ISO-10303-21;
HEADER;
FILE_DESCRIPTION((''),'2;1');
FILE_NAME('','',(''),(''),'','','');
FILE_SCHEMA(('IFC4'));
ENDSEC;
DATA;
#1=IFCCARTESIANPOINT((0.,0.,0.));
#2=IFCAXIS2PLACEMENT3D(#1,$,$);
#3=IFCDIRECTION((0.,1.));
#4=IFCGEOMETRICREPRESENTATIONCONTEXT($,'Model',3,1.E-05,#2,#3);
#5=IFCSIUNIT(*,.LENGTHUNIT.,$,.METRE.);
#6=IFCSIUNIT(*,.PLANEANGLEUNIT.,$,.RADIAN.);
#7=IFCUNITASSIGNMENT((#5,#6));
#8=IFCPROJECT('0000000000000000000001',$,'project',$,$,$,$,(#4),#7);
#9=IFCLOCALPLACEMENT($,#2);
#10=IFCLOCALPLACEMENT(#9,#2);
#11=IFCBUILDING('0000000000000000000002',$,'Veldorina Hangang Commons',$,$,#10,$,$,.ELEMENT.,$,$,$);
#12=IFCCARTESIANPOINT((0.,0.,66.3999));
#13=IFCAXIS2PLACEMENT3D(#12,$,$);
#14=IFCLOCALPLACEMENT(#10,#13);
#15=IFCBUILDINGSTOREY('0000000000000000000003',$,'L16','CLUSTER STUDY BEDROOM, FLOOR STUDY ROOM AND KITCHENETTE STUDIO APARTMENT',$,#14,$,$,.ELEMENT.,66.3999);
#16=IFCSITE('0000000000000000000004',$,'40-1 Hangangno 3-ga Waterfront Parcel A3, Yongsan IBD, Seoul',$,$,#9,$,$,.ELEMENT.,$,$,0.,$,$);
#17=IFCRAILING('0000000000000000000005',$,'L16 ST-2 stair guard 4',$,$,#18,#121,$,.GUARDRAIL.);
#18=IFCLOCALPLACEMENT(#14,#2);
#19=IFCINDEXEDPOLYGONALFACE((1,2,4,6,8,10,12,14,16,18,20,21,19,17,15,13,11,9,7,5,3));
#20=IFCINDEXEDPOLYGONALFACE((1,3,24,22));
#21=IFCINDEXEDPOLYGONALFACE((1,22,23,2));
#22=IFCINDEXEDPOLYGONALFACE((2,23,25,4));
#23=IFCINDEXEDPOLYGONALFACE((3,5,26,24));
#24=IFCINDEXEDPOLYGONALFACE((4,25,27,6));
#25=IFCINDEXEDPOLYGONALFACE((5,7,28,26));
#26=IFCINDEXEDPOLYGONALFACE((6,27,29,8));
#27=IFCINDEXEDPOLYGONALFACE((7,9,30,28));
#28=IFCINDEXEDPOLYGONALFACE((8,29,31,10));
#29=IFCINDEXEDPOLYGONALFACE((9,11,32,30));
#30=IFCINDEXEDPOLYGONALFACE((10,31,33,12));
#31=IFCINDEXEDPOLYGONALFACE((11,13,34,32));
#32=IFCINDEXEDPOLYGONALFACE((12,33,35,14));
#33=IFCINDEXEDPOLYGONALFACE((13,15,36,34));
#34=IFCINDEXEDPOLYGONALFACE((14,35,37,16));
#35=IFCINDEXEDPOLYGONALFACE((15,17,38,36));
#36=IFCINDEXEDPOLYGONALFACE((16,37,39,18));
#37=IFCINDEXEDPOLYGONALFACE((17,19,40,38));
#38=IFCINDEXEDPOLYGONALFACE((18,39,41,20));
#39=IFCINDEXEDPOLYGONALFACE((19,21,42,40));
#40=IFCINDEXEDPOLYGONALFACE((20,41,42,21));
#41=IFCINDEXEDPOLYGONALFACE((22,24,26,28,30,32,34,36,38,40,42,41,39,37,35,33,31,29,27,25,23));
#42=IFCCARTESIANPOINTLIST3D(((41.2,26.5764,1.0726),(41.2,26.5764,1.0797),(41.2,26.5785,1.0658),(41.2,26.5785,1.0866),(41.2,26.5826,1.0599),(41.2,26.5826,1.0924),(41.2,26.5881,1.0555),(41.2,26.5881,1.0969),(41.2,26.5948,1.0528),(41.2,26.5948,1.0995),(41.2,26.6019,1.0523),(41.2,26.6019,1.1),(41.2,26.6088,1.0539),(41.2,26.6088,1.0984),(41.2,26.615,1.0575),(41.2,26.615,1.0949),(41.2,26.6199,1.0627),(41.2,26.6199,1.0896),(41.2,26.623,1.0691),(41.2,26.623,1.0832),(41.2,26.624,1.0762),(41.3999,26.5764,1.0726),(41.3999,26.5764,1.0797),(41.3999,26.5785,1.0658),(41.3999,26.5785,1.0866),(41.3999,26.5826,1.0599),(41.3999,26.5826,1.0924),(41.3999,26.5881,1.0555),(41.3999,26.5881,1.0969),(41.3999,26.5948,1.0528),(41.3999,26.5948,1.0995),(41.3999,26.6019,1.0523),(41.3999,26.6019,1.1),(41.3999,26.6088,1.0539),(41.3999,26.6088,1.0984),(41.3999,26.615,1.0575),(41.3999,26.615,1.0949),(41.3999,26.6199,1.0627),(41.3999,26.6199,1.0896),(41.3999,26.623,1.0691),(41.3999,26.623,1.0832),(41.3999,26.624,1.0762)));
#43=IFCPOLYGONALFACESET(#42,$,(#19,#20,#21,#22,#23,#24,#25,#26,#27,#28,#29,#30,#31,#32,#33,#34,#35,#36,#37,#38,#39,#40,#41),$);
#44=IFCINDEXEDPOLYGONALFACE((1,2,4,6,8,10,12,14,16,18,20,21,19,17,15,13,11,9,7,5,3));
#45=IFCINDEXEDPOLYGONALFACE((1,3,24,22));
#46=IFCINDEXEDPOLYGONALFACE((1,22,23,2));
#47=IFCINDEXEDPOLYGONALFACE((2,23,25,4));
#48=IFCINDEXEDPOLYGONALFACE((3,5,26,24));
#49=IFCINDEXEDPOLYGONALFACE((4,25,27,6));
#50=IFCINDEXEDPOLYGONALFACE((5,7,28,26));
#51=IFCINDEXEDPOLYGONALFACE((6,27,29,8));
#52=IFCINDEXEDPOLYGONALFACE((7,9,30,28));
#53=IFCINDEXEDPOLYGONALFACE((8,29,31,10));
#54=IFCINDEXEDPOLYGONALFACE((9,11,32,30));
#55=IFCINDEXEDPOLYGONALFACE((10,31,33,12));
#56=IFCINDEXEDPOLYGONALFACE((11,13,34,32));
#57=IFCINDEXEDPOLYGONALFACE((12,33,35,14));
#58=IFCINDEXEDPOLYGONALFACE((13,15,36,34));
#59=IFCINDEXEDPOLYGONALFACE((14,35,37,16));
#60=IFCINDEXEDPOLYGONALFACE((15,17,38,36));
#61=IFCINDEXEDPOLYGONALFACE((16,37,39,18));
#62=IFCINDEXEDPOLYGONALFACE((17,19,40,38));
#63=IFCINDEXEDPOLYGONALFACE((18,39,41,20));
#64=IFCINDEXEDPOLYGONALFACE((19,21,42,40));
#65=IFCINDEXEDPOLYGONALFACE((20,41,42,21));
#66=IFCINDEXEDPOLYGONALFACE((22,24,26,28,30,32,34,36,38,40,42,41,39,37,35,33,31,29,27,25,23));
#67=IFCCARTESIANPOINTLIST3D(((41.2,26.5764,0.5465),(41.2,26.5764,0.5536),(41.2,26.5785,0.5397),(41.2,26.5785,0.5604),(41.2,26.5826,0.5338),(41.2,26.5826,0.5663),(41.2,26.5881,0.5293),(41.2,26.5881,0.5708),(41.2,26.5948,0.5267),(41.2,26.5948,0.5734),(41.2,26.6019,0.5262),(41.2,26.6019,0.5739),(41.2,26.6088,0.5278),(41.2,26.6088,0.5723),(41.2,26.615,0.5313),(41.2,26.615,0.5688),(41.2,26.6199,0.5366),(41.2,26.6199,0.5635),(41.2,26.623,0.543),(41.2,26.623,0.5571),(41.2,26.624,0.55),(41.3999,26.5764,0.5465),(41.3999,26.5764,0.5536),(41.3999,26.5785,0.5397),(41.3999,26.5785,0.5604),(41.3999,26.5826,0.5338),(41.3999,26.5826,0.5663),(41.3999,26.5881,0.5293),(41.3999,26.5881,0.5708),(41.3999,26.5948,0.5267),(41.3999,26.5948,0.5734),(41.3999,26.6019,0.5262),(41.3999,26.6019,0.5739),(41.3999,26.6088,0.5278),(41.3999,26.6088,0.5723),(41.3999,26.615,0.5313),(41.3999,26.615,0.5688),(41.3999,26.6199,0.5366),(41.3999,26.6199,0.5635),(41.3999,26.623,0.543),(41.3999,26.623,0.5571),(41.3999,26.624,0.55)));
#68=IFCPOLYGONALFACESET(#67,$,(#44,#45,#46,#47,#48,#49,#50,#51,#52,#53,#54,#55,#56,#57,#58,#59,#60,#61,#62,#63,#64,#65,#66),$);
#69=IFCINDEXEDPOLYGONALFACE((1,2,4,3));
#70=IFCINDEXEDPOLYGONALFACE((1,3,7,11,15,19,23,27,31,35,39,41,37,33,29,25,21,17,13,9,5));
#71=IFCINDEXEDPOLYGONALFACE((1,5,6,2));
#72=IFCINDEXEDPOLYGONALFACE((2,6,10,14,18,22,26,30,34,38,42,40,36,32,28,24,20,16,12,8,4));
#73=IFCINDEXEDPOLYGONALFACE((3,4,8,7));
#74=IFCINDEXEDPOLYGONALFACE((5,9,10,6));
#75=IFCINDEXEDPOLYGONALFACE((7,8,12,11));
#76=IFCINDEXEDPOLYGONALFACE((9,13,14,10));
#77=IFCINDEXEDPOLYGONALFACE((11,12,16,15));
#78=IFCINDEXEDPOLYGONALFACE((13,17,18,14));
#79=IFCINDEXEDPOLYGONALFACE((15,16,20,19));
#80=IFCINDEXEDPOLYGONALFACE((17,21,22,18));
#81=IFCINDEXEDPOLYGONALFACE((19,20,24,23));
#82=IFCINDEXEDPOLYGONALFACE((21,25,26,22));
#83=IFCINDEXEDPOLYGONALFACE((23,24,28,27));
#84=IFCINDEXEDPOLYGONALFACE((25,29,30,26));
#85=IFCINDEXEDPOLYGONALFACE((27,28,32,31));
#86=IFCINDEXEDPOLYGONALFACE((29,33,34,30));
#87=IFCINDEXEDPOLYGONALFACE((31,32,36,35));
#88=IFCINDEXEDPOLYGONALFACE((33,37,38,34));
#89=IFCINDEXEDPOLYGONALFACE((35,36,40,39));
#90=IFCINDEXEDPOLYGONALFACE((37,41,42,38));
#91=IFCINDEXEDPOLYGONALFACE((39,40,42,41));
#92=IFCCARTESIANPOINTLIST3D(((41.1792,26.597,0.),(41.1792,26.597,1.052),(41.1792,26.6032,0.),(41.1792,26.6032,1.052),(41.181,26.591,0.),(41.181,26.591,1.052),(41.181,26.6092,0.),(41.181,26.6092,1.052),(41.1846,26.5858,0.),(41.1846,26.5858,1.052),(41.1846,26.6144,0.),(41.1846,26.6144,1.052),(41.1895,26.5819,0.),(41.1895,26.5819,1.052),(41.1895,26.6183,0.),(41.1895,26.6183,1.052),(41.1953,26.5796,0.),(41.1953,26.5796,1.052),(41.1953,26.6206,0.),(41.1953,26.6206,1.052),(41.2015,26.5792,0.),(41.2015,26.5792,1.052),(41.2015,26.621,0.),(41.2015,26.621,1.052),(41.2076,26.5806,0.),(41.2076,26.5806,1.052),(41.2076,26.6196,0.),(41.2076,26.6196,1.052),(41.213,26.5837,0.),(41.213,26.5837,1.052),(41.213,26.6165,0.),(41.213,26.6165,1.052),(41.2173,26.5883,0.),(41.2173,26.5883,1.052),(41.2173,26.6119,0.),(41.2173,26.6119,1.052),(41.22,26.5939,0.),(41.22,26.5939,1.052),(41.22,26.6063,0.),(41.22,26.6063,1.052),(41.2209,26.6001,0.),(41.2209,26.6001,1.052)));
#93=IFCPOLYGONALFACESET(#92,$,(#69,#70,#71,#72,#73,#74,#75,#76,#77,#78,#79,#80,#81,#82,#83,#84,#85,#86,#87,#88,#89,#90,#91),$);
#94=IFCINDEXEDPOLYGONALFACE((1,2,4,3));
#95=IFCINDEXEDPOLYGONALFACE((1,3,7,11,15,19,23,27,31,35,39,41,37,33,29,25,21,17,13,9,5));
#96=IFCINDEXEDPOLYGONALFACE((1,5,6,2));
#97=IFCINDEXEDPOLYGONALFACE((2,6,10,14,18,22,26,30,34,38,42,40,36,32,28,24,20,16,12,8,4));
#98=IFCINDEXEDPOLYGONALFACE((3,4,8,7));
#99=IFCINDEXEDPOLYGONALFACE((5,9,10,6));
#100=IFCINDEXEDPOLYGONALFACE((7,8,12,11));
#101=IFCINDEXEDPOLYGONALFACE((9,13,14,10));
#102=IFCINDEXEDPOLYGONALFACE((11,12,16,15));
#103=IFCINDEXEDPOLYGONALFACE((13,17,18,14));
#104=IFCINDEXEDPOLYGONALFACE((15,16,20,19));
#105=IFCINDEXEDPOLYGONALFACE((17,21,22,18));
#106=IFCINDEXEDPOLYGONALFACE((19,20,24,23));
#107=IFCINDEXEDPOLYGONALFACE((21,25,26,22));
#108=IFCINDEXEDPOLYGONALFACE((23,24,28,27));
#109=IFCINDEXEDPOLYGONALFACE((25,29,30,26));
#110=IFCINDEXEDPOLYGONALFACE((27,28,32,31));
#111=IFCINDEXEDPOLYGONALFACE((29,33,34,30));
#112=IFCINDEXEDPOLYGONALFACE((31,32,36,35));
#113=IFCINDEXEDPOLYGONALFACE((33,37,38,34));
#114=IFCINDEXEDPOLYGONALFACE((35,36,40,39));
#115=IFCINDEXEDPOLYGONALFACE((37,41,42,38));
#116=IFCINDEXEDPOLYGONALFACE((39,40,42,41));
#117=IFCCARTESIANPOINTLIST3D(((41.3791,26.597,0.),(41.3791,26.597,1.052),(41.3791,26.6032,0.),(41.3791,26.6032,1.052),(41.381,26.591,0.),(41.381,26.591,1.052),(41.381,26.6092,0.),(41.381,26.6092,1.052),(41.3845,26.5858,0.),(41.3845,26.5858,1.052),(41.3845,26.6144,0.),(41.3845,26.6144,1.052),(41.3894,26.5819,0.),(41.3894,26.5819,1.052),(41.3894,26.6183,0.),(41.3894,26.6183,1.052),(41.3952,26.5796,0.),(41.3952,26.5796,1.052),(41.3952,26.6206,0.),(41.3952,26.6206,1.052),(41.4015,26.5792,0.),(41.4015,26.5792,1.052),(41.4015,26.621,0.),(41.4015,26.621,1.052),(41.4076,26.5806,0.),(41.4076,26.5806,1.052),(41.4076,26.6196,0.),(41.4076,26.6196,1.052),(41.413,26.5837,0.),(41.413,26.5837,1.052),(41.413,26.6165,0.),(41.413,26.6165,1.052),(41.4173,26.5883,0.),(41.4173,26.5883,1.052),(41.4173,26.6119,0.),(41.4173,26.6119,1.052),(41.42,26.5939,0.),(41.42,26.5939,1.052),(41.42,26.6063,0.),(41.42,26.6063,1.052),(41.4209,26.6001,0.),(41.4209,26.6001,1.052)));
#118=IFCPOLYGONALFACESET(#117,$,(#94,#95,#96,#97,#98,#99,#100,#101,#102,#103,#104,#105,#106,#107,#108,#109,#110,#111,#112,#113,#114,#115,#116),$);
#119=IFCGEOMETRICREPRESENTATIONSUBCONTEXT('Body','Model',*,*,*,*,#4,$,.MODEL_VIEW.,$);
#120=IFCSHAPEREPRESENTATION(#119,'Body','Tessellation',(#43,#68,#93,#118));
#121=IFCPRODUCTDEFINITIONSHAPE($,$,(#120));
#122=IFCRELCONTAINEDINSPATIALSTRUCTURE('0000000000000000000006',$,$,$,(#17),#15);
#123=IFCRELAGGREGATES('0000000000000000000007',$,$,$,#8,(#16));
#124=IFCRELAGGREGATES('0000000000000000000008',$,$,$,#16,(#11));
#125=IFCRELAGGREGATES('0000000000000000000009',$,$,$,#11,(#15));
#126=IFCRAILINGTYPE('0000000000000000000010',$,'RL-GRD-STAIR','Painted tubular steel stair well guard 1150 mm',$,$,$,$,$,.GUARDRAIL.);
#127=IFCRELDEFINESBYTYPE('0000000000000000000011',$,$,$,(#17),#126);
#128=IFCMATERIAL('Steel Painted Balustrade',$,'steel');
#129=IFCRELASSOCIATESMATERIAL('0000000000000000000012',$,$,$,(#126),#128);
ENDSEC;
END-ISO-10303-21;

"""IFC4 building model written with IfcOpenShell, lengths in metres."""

from ifc_helpers import new_model, si_unit, direction, frame, origin, origin_2d, place, context, subcontext, project, spatial, circle, extrude, material, type_object, element, save


model = new_model("IFC4")

# Units and contexts
model_context = context("Model", 3, precision=1e-05, world=origin(), true_north=direction((0.0, 1.0)))
body_context = subcontext(model_context, "Body", "Model", "MODEL_VIEW")
ifc_project = project(units=[si_unit("LENGTHUNIT", "METRE"), si_unit("PLANEANGLEUNIT", "RADIAN")], contexts=[model_context])

# Site, building, storey
site_placement = place(None, origin())
site = spatial("IfcSite", under=ifc_project, at=site_placement, Name="40-1 Hangangno 3-ga Waterfront Parcel A3, Yongsan IBD, Seoul", CompositionType="ELEMENT", RefElevation=0.0)
building_placement = place(site_placement, origin())
building = spatial("IfcBuilding", under=site, at=building_placement, Name="Veldorina Hangang Commons", CompositionType="ELEMENT")
storey_placement = place(building_placement, frame((0.0, 0.0, 66.3999)))
storey = spatial("IfcBuildingStorey", under=building, at=storey_placement, Name="L16", Description="CLUSTER STUDY BEDROOM, FLOOR STUDY ROOM AND KITCHENETTE STUDIO APARTMENT", CompositionType="ELEMENT", Elevation=66.3999)

# Railing
ifc_material_1 = material(Name="Steel Painted Balustrade", Category="steel")
railing_type_1 = type_object("IfcRailingType", Name="RL-GRD-STAIR", Description="Painted tubular steel stair well guard 1150 mm", PredefinedType="GUARDRAIL", material=ifc_material_1)
railing_1_placement = place(storey_placement, frame((41.2, 26.6001, 0.0)))
element("IfcRailing", 1, at=railing_1_placement, inside=storey, type_object=railing_type_1, Name="L16 ST-2 stair guard 4", PredefinedType="GUARDRAIL", context=body_context, shape_type="SweptSolid", body=[
    extrude(circle(Radius=0.0239, at=origin_2d()), frame((0.0, 0.0, 1.0762), z_axis=(1.0, 0.0, 0.0), x_axis=(0.0, 1.0, 0.0)), (0.0, 0.0, 1.0), 0.2),
    extrude(circle(Radius=0.0239, at=origin_2d()), frame((0.0, 0.0, 0.55), z_axis=(1.0, 0.0, 0.0), x_axis=(0.0, 1.0, 0.0)), (0.0, 0.0, 1.0), 0.2),
    extrude(circle(Radius=0.021, at=origin_2d()), origin(), (0.0, 0.0, 1.0), 1.052),
    extrude(circle(Radius=0.021, at=origin_2d()), frame((0.2, 0.0, 0.0)), (0.0, 0.0, 1.0), 1.052),
])

save(model, "model.ifc")
